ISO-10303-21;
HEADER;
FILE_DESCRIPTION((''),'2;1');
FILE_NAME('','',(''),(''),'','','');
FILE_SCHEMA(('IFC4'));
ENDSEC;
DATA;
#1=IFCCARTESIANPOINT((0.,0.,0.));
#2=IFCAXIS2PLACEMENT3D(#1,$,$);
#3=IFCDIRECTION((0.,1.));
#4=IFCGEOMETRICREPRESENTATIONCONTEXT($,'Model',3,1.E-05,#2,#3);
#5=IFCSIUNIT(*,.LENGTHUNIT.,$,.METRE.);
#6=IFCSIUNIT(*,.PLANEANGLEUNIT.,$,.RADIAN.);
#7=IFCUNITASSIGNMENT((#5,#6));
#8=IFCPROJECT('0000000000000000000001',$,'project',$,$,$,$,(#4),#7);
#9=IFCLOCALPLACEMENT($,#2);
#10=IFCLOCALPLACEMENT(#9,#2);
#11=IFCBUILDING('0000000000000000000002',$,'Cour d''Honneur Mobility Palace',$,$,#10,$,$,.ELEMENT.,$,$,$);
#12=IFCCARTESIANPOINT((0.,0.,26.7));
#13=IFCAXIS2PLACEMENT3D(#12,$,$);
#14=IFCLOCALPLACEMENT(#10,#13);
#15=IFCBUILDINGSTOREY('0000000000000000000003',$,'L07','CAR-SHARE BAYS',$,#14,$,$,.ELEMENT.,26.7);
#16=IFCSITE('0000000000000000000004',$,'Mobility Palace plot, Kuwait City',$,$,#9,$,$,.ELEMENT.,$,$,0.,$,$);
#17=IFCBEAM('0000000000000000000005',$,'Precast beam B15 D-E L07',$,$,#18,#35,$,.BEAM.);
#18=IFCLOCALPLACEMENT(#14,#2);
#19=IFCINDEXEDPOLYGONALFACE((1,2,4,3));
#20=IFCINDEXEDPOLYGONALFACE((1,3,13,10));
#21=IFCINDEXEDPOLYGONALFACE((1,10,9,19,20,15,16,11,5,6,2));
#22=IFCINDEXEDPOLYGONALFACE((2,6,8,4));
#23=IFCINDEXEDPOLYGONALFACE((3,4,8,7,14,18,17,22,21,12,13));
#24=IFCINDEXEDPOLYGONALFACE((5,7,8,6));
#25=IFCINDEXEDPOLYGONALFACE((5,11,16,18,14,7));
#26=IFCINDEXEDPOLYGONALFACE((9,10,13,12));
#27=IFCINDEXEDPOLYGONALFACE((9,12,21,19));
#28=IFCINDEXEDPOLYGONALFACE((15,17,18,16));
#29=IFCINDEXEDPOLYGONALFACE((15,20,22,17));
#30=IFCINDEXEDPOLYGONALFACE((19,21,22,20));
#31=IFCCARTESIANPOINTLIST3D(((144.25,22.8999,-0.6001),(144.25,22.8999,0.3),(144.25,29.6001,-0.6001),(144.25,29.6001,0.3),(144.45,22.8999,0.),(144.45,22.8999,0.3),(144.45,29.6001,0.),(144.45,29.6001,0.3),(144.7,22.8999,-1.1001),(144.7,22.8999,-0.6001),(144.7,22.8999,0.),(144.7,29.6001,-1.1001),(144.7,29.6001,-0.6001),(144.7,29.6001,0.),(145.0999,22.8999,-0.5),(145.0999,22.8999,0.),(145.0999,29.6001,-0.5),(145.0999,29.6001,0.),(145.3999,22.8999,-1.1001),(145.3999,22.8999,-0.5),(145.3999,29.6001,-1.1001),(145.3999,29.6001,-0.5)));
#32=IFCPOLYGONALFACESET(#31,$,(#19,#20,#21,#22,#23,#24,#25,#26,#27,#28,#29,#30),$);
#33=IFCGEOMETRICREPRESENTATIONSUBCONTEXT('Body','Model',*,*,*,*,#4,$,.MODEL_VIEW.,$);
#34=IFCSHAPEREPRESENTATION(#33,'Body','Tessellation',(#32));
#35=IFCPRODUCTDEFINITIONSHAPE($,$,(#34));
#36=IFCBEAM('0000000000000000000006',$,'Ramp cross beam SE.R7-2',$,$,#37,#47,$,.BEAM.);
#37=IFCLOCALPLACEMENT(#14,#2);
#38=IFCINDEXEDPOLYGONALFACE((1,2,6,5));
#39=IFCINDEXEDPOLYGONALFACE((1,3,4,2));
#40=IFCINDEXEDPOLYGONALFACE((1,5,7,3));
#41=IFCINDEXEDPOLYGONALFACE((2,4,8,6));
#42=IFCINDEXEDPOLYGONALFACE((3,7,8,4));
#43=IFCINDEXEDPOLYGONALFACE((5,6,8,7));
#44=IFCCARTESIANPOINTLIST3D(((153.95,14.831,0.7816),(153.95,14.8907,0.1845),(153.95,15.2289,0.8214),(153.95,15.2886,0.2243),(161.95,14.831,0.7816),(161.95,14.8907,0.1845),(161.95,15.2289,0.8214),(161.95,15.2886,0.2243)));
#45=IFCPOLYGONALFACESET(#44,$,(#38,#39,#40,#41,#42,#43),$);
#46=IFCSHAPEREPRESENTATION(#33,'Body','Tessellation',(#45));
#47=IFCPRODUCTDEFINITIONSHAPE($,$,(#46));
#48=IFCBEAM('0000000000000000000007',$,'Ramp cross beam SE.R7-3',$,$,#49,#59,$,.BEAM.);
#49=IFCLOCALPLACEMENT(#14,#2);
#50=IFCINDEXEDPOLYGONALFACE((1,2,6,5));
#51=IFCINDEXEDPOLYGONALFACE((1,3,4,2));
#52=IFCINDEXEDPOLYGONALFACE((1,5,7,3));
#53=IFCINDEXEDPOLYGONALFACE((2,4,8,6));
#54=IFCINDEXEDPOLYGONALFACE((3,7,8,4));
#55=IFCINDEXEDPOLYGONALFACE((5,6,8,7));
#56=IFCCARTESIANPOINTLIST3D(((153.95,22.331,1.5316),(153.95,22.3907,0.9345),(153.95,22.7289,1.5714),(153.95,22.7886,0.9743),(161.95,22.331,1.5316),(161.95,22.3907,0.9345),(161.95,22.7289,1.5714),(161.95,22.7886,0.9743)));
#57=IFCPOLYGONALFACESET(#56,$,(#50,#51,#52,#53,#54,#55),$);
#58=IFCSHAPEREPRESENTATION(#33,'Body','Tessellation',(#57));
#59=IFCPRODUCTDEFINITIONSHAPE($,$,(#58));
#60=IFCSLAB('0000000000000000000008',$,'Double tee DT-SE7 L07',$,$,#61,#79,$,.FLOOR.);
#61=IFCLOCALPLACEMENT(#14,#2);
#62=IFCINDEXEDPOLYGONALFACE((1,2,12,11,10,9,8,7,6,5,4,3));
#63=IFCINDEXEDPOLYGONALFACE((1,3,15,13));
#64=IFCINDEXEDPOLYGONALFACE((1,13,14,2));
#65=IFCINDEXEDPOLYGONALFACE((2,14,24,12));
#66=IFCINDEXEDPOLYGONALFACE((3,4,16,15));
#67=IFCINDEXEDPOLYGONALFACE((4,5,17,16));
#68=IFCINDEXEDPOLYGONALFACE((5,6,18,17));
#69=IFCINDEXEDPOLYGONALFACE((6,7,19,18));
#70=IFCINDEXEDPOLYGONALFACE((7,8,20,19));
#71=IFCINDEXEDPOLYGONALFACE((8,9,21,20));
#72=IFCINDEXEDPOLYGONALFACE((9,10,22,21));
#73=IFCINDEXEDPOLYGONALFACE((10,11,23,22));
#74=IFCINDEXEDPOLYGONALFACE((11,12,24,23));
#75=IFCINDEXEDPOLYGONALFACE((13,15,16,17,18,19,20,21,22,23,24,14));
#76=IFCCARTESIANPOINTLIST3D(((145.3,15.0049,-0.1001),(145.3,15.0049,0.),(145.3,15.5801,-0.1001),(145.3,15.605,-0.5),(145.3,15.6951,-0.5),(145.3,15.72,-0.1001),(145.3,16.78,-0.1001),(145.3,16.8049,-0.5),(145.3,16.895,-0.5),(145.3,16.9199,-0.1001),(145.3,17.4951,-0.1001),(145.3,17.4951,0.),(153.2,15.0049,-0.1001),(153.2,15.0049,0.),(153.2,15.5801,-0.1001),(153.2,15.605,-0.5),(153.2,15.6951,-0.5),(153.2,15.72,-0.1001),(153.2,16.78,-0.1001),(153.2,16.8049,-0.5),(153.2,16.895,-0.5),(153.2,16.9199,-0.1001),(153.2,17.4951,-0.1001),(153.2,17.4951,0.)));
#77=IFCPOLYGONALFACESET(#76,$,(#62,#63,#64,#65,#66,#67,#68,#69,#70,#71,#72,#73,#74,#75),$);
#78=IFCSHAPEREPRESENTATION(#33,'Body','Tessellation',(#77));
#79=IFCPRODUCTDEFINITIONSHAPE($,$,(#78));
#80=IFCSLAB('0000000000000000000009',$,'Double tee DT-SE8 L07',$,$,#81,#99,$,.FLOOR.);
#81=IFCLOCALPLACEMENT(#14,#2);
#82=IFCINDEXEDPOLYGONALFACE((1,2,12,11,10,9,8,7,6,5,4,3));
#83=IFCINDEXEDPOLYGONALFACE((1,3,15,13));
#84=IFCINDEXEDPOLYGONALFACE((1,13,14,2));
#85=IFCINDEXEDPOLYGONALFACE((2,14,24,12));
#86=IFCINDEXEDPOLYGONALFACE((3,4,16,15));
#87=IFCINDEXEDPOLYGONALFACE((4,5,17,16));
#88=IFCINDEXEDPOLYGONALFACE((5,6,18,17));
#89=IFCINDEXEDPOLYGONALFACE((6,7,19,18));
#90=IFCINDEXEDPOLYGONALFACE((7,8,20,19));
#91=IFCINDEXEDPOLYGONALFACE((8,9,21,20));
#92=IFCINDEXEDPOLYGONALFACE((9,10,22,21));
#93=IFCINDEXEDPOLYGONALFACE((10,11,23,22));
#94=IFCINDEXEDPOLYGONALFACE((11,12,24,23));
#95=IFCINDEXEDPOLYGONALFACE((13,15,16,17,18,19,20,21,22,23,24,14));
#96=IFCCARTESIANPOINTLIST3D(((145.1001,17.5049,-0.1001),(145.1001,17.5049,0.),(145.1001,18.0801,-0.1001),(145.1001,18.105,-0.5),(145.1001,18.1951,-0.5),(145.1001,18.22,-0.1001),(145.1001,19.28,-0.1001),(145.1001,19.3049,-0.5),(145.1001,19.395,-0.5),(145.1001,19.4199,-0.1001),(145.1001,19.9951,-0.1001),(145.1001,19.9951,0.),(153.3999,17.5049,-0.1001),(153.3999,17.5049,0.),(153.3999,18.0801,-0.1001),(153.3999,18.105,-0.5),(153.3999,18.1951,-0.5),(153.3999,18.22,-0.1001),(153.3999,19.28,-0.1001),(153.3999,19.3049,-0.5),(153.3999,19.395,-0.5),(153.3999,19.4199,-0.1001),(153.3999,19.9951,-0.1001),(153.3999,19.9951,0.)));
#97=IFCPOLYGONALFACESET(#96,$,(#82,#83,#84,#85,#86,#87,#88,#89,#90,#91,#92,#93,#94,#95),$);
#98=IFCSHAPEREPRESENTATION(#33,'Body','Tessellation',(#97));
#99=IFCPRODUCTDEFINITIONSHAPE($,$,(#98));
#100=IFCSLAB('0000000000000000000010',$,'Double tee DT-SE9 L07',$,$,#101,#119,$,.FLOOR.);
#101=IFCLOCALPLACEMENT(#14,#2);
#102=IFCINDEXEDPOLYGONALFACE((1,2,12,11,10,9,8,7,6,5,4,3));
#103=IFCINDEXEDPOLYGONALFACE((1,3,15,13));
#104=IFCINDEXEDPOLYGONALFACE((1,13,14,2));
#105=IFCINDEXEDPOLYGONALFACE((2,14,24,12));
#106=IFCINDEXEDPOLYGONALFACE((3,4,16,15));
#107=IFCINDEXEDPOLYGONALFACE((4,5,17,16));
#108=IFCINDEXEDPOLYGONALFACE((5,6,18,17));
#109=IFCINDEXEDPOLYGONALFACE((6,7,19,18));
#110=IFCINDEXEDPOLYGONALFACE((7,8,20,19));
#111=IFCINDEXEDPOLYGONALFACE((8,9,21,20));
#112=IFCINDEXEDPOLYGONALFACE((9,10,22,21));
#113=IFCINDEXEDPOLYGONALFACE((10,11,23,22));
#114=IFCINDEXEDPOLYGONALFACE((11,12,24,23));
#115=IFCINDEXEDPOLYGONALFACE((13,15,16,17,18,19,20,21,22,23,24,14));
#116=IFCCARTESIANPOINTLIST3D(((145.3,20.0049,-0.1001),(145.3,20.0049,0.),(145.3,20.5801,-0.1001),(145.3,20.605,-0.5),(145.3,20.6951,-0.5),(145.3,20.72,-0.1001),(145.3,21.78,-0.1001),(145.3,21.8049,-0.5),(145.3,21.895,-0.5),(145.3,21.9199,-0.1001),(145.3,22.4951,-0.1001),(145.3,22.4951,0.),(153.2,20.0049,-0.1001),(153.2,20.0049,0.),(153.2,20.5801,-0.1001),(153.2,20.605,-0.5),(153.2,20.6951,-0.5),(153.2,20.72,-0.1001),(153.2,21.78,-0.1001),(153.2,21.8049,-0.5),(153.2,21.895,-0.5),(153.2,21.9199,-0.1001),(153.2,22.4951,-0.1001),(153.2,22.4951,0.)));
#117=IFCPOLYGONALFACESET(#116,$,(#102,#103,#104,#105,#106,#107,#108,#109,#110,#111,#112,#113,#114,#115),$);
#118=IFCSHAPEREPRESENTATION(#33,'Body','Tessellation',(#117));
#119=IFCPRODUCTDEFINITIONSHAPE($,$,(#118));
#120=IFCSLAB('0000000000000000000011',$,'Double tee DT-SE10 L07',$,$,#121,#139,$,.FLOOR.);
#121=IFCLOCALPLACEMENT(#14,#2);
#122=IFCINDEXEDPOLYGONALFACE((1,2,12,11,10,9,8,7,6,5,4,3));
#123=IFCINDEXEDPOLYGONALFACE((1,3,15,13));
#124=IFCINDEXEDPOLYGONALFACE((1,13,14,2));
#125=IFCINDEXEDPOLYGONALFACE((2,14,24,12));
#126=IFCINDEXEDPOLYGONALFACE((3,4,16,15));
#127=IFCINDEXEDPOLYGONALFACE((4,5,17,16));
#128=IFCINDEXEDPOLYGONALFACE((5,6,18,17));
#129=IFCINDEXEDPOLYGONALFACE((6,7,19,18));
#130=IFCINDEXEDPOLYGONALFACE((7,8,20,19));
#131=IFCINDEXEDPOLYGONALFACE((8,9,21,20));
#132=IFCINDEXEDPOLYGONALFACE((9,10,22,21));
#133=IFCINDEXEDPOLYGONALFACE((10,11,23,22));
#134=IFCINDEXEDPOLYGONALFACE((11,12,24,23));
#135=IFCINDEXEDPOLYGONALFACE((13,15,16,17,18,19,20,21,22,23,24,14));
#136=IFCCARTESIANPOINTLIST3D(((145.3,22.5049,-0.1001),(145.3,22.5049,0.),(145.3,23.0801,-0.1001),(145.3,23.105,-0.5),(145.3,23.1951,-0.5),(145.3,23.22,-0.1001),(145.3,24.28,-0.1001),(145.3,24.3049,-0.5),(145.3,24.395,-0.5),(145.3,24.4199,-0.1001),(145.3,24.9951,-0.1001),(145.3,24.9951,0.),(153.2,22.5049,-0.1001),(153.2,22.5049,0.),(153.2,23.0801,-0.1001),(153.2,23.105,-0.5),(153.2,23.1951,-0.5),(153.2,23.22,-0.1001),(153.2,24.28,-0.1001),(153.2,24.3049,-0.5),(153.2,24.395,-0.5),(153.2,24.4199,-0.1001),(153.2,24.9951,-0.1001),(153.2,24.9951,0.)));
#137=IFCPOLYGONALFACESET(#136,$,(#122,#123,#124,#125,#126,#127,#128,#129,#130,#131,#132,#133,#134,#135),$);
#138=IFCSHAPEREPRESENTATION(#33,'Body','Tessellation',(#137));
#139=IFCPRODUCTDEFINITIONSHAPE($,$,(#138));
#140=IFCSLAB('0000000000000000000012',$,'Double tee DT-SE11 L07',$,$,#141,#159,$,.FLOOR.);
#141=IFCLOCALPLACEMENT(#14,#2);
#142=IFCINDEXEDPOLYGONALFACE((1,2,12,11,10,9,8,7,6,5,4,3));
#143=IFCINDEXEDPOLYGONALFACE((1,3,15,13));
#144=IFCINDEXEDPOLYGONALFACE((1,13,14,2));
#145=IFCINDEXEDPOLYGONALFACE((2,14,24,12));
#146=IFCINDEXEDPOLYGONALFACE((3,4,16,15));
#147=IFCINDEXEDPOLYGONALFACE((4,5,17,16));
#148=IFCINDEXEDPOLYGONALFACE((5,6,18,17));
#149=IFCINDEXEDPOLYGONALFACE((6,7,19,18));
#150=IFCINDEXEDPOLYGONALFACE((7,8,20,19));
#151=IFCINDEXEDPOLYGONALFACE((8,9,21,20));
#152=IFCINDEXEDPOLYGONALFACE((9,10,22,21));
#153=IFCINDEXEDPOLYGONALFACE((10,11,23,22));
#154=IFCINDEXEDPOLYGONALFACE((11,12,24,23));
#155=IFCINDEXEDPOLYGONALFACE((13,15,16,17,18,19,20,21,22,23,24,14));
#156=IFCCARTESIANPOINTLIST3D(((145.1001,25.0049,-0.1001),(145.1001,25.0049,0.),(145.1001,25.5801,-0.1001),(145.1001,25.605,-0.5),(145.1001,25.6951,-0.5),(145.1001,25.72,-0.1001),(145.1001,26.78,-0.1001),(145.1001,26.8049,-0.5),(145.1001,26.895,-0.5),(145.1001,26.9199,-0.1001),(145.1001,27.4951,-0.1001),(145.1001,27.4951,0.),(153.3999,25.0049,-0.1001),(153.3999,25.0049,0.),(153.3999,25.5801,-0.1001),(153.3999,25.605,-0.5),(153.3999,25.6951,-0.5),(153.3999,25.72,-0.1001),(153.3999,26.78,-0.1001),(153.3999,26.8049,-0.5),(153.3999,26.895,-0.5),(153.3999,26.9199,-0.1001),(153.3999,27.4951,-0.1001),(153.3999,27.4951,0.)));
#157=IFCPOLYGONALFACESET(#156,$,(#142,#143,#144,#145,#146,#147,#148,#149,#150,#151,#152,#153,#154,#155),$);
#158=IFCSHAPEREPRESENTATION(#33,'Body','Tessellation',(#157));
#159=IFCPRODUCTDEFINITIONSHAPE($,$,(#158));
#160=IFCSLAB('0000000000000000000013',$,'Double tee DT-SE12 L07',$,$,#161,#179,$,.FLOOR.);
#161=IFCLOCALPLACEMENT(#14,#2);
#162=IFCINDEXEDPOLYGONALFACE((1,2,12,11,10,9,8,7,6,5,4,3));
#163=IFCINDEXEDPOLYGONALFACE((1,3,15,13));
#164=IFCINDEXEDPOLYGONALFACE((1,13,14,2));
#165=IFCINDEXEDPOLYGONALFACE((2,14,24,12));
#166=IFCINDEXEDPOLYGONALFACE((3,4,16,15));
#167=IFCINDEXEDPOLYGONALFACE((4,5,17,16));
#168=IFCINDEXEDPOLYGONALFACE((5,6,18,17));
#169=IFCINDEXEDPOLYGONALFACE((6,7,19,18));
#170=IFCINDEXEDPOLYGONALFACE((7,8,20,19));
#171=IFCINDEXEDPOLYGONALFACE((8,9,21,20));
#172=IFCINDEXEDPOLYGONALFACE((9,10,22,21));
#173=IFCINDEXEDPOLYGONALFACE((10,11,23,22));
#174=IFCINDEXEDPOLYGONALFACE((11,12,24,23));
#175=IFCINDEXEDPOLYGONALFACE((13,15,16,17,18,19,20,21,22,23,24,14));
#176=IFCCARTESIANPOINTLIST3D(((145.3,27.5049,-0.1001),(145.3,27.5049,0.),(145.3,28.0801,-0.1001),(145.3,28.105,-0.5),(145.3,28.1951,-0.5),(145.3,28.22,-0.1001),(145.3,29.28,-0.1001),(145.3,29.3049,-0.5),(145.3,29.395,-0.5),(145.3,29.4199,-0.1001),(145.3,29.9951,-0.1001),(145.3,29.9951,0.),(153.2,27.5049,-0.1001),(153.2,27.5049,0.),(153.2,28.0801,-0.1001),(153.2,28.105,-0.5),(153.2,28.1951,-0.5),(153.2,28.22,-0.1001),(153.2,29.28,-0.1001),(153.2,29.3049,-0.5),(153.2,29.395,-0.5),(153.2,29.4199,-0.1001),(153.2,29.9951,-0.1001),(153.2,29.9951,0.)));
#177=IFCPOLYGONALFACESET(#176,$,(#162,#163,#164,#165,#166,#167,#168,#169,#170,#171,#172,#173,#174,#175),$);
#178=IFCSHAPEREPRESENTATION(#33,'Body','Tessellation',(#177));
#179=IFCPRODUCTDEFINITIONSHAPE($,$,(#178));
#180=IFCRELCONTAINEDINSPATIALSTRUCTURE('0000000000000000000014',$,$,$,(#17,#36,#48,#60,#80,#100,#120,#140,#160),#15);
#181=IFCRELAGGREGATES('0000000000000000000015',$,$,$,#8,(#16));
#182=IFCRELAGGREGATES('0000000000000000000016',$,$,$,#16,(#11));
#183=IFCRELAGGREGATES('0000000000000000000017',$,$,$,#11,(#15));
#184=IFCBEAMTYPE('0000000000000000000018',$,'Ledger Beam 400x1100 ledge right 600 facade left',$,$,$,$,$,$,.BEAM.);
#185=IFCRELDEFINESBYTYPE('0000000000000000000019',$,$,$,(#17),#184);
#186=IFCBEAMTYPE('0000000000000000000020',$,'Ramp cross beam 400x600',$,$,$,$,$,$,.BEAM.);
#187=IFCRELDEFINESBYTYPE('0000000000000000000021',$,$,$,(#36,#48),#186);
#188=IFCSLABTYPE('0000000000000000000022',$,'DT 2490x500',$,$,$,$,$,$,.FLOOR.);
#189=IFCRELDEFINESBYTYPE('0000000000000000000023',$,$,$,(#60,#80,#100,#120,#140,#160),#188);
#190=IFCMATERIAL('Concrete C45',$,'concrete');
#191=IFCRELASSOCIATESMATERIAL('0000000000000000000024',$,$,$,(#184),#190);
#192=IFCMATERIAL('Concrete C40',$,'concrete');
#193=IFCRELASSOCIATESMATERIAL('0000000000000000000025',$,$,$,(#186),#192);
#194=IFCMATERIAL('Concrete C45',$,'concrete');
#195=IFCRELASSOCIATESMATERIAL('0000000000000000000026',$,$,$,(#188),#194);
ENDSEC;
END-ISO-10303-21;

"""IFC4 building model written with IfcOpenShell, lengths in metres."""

from ifc_helpers import new_model, si_unit, direction, frame, origin, origin_2d, place, context, subcontext, project, spatial, polyline, rectangle, outline, extrude, material, material_profile, profile_set, type_object, element, save


model = new_model("IFC4")

# Units and contexts
model_context = context("Model", 3, precision=1e-05, world=origin(), true_north=direction((0.0, 1.0)))
body_context = subcontext(model_context, "Body", "Model", "MODEL_VIEW")
ifc_project = project(units=[si_unit("LENGTHUNIT", "METRE"), si_unit("PLANEANGLEUNIT", "RADIAN")], contexts=[model_context])

# Site, building, storey
site_placement = place(None, origin())
site = spatial("IfcSite", under=ifc_project, at=site_placement, Name="Mobility Palace plot, Kuwait City", CompositionType="ELEMENT", RefElevation=0.0)
building_placement = place(site_placement, origin())
building = spatial("IfcBuilding", under=site, at=building_placement, Name="Cour d'Honneur Mobility Palace", CompositionType="ELEMENT")
storey_placement = place(building_placement, frame((0.0, 0.0, 26.7)))
storey = spatial("IfcBuildingStorey", under=building, at=storey_placement, Name="L07", Description="CAR-SHARE BAYS", CompositionType="ELEMENT", Elevation=26.7)

# Beams
ifc_material_1 = material(Name="Concrete C45", Category="concrete")
ifc_material_profile_1 = material_profile(ifc_material_1, outline(polyline([(0.2, -1.1001), (0.2, -0.6001), (0.6499, -0.6001), (0.6499, 0.3), (0.45, 0.3), (0.45, 0.0), (0.2, 0.0), (-0.2, 0.0), (-0.2, -0.5), (-0.5, -0.5), (-0.5, -1.1001), (0.2, -1.1001)])), Name="Ledger Beam 400x1100 ledge right 600 facade left")
ifc_profile_set_1 = profile_set([ifc_material_profile_1], Name="Concrete C45")
beam_type_1 = type_object("IfcBeamType", Name="Ledger Beam 400x1100 ledge right 600 facade left", PredefinedType="BEAM", material=ifc_profile_set_1)
for number, where, z_axis, x_axis, name in (
    (1, (144.8999, 22.8999, 0.0), (0.0, 1.0, 0.0), (-1.0, 0.0, 0.0), "Precast beam B15 D-E L07"),
):
    element("IfcBeam", number, at=place(storey_placement, frame(where, z_axis=z_axis, x_axis=x_axis)), inside=storey, type_object=beam_type_1, Name=name, PredefinedType="BEAM", context=body_context, shape_type="SweptSolid", body=[
        extrude(outline(polyline([(0.2, -1.1001), (0.2, -0.6001), (0.6499, -0.6001), (0.6499, 0.3), (0.45, 0.3), (0.45, 0.0), (0.2, 0.0), (-0.2, 0.0), (-0.2, -0.5), (-0.5, -0.5), (-0.5, -1.1001), (0.2, -1.1001)])), origin(), (0.0, 0.0, 1.0), 6.7002),
    ])
ifc_material_2 = material(Name="Concrete C40", Category="concrete")
ifc_material_profile_2 = material_profile(ifc_material_2, rectangle(XDim=0.3999, YDim=0.6001, at=origin_2d()), Name="Ramp cross beam 400x600")
ifc_profile_set_2 = profile_set([ifc_material_profile_2], Name="Concrete C40")
beam_type_2 = type_object("IfcBeamType", Name="Ramp cross beam 400x600", PredefinedType="BEAM", material=ifc_profile_set_2)
for number, where, z_axis, x_axis, name in (
    (2, (161.95, 15.0598, 0.5029), (-1.0, 0.0, 0.0), (0.0, -0.995037, -0.099504), "Ramp cross beam SE.R7-2"),
    (3, (161.95, 22.5598, 1.2529), (-1.0, 0.0, 0.0), (0.0, -0.995037, -0.099504), "Ramp cross beam SE.R7-3"),
):
    element("IfcBeam", number, at=place(storey_placement, frame(where, z_axis=z_axis, x_axis=x_axis)), inside=storey, type_object=beam_type_2, Name=name, PredefinedType="BEAM", context=body_context, shape_type="SweptSolid", body=[
        extrude(rectangle(XDim=0.3999, YDim=0.6001, at=origin_2d()), origin(), (0.0, 0.0, 1.0), 8.0),
    ])

# Slabs
ifc_material_3 = material(Name="Concrete C45", Category="concrete")
ifc_material_profile_3 = material_profile(ifc_material_3, outline(polyline([(-1.2451, 0.0), (1.2451, 0.0), (1.2451, -0.1001), (0.6699, -0.1001), (0.645, -0.5), (0.5549, -0.5), (0.53, -0.1001), (-0.53, -0.1001), (-0.5549, -0.5), (-0.645, -0.5), (-0.6699, -0.1001), (-1.2451, -0.1001), (-1.2451, 0.0)])), Name="DT 2490x500")
ifc_profile_set_3 = profile_set([ifc_material_profile_3], Name="Concrete C45")
slab_type = type_object("IfcSlabType", Name="DT 2490x500", PredefinedType="FLOOR", material=ifc_profile_set_3)
slab_1_placement = place(storey_placement, frame((145.3, 16.25, 0.0), z_axis=(1.0, 0.0, 0.0), x_axis=(0.0, 1.0, 0.0)))
element("IfcSlab", 4, at=slab_1_placement, inside=storey, type_object=slab_type, Name="Double tee DT-SE7 L07", PredefinedType="FLOOR", context=body_context, shape_type="SweptSolid", body=[
    extrude(outline(polyline([(-1.2451, 0.0), (1.2451, 0.0), (1.2451, -0.1001), (0.6699, -0.1001), (0.645, -0.5), (0.5549, -0.5), (0.53, -0.1001), (-0.53, -0.1001), (-0.5549, -0.5), (-0.645, -0.5), (-0.6699, -0.1001), (-1.2451, -0.1001), (-1.2451, 0.0)])), origin(), (0.0, 0.0, 1.0), 7.8999),
])
slab_2_placement = place(storey_placement, frame((145.1001, 18.75, 0.0), z_axis=(1.0, 0.0, 0.0), x_axis=(0.0, 1.0, 0.0)))
element("IfcSlab", 5, at=slab_2_placement, inside=storey, type_object=slab_type, Name="Double tee DT-SE8 L07", PredefinedType="FLOOR", context=body_context, shape_type="SweptSolid", body=[
    extrude(outline(polyline([(-1.2451, 0.0), (1.2451, 0.0), (1.2451, -0.1001), (0.6699, -0.1001), (0.645, -0.5), (0.5549, -0.5), (0.53, -0.1001), (-0.53, -0.1001), (-0.5549, -0.5), (-0.645, -0.5), (-0.6699, -0.1001), (-1.2451, -0.1001), (-1.2451, 0.0)])), origin(), (0.0, 0.0, 1.0), 8.2998),
])
for number, where, z_axis, x_axis, name in (
    (6, (145.3, 21.25, 0.0), (1.0, 0.0, 0.0), (0.0, 1.0, 0.0), "Double tee DT-SE9 L07"),
    (7, (145.3, 23.75, 0.0), (1.0, 0.0, 0.0), (0.0, 1.0, 0.0), "Double tee DT-SE10 L07"),
):
    element("IfcSlab", number, at=place(storey_placement, frame(where, z_axis=z_axis, x_axis=x_axis)), inside=storey, type_object=slab_type, Name=name, PredefinedType="FLOOR", context=body_context, shape_type="SweptSolid", body=[
        extrude(outline(polyline([(-1.2451, 0.0), (1.2451, 0.0), (1.2451, -0.1001), (0.6699, -0.1001), (0.645, -0.5), (0.5549, -0.5), (0.53, -0.1001), (-0.53, -0.1001), (-0.5549, -0.5), (-0.645, -0.5), (-0.6699, -0.1001), (-1.2451, -0.1001), (-1.2451, 0.0)])), origin(), (0.0, 0.0, 1.0), 7.8999),
    ])
slab_3_placement = place(storey_placement, frame((145.1001, 26.25, 0.0), z_axis=(1.0, 0.0, 0.0), x_axis=(0.0, 1.0, 0.0)))
element("IfcSlab", 8, at=slab_3_placement, inside=storey, type_object=slab_type, Name="Double tee DT-SE11 L07", PredefinedType="FLOOR", context=body_context, shape_type="SweptSolid", body=[
    extrude(outline(polyline([(-1.2451, 0.0), (1.2451, 0.0), (1.2451, -0.1001), (0.6699, -0.1001), (0.645, -0.5), (0.5549, -0.5), (0.53, -0.1001), (-0.53, -0.1001), (-0.5549, -0.5), (-0.645, -0.5), (-0.6699, -0.1001), (-1.2451, -0.1001), (-1.2451, 0.0)])), origin(), (0.0, 0.0, 1.0), 8.2998),
])
slab_4_placement = place(storey_placement, frame((145.3, 28.75, 0.0), z_axis=(1.0, 0.0, 0.0), x_axis=(0.0, 1.0, 0.0)))
element("IfcSlab", 9, at=slab_4_placement, inside=storey, type_object=slab_type, Name="Double tee DT-SE12 L07", PredefinedType="FLOOR", context=body_context, shape_type="SweptSolid", body=[
    extrude(outline(polyline([(-1.2451, 0.0), (1.2451, 0.0), (1.2451, -0.1001), (0.6699, -0.1001), (0.645, -0.5), (0.5549, -0.5), (0.53, -0.1001), (-0.53, -0.1001), (-0.5549, -0.5), (-0.645, -0.5), (-0.6699, -0.1001), (-1.2451, -0.1001), (-1.2451, 0.0)])), origin(), (0.0, 0.0, 1.0), 7.8999),
])

save(model, "model.ifc")
